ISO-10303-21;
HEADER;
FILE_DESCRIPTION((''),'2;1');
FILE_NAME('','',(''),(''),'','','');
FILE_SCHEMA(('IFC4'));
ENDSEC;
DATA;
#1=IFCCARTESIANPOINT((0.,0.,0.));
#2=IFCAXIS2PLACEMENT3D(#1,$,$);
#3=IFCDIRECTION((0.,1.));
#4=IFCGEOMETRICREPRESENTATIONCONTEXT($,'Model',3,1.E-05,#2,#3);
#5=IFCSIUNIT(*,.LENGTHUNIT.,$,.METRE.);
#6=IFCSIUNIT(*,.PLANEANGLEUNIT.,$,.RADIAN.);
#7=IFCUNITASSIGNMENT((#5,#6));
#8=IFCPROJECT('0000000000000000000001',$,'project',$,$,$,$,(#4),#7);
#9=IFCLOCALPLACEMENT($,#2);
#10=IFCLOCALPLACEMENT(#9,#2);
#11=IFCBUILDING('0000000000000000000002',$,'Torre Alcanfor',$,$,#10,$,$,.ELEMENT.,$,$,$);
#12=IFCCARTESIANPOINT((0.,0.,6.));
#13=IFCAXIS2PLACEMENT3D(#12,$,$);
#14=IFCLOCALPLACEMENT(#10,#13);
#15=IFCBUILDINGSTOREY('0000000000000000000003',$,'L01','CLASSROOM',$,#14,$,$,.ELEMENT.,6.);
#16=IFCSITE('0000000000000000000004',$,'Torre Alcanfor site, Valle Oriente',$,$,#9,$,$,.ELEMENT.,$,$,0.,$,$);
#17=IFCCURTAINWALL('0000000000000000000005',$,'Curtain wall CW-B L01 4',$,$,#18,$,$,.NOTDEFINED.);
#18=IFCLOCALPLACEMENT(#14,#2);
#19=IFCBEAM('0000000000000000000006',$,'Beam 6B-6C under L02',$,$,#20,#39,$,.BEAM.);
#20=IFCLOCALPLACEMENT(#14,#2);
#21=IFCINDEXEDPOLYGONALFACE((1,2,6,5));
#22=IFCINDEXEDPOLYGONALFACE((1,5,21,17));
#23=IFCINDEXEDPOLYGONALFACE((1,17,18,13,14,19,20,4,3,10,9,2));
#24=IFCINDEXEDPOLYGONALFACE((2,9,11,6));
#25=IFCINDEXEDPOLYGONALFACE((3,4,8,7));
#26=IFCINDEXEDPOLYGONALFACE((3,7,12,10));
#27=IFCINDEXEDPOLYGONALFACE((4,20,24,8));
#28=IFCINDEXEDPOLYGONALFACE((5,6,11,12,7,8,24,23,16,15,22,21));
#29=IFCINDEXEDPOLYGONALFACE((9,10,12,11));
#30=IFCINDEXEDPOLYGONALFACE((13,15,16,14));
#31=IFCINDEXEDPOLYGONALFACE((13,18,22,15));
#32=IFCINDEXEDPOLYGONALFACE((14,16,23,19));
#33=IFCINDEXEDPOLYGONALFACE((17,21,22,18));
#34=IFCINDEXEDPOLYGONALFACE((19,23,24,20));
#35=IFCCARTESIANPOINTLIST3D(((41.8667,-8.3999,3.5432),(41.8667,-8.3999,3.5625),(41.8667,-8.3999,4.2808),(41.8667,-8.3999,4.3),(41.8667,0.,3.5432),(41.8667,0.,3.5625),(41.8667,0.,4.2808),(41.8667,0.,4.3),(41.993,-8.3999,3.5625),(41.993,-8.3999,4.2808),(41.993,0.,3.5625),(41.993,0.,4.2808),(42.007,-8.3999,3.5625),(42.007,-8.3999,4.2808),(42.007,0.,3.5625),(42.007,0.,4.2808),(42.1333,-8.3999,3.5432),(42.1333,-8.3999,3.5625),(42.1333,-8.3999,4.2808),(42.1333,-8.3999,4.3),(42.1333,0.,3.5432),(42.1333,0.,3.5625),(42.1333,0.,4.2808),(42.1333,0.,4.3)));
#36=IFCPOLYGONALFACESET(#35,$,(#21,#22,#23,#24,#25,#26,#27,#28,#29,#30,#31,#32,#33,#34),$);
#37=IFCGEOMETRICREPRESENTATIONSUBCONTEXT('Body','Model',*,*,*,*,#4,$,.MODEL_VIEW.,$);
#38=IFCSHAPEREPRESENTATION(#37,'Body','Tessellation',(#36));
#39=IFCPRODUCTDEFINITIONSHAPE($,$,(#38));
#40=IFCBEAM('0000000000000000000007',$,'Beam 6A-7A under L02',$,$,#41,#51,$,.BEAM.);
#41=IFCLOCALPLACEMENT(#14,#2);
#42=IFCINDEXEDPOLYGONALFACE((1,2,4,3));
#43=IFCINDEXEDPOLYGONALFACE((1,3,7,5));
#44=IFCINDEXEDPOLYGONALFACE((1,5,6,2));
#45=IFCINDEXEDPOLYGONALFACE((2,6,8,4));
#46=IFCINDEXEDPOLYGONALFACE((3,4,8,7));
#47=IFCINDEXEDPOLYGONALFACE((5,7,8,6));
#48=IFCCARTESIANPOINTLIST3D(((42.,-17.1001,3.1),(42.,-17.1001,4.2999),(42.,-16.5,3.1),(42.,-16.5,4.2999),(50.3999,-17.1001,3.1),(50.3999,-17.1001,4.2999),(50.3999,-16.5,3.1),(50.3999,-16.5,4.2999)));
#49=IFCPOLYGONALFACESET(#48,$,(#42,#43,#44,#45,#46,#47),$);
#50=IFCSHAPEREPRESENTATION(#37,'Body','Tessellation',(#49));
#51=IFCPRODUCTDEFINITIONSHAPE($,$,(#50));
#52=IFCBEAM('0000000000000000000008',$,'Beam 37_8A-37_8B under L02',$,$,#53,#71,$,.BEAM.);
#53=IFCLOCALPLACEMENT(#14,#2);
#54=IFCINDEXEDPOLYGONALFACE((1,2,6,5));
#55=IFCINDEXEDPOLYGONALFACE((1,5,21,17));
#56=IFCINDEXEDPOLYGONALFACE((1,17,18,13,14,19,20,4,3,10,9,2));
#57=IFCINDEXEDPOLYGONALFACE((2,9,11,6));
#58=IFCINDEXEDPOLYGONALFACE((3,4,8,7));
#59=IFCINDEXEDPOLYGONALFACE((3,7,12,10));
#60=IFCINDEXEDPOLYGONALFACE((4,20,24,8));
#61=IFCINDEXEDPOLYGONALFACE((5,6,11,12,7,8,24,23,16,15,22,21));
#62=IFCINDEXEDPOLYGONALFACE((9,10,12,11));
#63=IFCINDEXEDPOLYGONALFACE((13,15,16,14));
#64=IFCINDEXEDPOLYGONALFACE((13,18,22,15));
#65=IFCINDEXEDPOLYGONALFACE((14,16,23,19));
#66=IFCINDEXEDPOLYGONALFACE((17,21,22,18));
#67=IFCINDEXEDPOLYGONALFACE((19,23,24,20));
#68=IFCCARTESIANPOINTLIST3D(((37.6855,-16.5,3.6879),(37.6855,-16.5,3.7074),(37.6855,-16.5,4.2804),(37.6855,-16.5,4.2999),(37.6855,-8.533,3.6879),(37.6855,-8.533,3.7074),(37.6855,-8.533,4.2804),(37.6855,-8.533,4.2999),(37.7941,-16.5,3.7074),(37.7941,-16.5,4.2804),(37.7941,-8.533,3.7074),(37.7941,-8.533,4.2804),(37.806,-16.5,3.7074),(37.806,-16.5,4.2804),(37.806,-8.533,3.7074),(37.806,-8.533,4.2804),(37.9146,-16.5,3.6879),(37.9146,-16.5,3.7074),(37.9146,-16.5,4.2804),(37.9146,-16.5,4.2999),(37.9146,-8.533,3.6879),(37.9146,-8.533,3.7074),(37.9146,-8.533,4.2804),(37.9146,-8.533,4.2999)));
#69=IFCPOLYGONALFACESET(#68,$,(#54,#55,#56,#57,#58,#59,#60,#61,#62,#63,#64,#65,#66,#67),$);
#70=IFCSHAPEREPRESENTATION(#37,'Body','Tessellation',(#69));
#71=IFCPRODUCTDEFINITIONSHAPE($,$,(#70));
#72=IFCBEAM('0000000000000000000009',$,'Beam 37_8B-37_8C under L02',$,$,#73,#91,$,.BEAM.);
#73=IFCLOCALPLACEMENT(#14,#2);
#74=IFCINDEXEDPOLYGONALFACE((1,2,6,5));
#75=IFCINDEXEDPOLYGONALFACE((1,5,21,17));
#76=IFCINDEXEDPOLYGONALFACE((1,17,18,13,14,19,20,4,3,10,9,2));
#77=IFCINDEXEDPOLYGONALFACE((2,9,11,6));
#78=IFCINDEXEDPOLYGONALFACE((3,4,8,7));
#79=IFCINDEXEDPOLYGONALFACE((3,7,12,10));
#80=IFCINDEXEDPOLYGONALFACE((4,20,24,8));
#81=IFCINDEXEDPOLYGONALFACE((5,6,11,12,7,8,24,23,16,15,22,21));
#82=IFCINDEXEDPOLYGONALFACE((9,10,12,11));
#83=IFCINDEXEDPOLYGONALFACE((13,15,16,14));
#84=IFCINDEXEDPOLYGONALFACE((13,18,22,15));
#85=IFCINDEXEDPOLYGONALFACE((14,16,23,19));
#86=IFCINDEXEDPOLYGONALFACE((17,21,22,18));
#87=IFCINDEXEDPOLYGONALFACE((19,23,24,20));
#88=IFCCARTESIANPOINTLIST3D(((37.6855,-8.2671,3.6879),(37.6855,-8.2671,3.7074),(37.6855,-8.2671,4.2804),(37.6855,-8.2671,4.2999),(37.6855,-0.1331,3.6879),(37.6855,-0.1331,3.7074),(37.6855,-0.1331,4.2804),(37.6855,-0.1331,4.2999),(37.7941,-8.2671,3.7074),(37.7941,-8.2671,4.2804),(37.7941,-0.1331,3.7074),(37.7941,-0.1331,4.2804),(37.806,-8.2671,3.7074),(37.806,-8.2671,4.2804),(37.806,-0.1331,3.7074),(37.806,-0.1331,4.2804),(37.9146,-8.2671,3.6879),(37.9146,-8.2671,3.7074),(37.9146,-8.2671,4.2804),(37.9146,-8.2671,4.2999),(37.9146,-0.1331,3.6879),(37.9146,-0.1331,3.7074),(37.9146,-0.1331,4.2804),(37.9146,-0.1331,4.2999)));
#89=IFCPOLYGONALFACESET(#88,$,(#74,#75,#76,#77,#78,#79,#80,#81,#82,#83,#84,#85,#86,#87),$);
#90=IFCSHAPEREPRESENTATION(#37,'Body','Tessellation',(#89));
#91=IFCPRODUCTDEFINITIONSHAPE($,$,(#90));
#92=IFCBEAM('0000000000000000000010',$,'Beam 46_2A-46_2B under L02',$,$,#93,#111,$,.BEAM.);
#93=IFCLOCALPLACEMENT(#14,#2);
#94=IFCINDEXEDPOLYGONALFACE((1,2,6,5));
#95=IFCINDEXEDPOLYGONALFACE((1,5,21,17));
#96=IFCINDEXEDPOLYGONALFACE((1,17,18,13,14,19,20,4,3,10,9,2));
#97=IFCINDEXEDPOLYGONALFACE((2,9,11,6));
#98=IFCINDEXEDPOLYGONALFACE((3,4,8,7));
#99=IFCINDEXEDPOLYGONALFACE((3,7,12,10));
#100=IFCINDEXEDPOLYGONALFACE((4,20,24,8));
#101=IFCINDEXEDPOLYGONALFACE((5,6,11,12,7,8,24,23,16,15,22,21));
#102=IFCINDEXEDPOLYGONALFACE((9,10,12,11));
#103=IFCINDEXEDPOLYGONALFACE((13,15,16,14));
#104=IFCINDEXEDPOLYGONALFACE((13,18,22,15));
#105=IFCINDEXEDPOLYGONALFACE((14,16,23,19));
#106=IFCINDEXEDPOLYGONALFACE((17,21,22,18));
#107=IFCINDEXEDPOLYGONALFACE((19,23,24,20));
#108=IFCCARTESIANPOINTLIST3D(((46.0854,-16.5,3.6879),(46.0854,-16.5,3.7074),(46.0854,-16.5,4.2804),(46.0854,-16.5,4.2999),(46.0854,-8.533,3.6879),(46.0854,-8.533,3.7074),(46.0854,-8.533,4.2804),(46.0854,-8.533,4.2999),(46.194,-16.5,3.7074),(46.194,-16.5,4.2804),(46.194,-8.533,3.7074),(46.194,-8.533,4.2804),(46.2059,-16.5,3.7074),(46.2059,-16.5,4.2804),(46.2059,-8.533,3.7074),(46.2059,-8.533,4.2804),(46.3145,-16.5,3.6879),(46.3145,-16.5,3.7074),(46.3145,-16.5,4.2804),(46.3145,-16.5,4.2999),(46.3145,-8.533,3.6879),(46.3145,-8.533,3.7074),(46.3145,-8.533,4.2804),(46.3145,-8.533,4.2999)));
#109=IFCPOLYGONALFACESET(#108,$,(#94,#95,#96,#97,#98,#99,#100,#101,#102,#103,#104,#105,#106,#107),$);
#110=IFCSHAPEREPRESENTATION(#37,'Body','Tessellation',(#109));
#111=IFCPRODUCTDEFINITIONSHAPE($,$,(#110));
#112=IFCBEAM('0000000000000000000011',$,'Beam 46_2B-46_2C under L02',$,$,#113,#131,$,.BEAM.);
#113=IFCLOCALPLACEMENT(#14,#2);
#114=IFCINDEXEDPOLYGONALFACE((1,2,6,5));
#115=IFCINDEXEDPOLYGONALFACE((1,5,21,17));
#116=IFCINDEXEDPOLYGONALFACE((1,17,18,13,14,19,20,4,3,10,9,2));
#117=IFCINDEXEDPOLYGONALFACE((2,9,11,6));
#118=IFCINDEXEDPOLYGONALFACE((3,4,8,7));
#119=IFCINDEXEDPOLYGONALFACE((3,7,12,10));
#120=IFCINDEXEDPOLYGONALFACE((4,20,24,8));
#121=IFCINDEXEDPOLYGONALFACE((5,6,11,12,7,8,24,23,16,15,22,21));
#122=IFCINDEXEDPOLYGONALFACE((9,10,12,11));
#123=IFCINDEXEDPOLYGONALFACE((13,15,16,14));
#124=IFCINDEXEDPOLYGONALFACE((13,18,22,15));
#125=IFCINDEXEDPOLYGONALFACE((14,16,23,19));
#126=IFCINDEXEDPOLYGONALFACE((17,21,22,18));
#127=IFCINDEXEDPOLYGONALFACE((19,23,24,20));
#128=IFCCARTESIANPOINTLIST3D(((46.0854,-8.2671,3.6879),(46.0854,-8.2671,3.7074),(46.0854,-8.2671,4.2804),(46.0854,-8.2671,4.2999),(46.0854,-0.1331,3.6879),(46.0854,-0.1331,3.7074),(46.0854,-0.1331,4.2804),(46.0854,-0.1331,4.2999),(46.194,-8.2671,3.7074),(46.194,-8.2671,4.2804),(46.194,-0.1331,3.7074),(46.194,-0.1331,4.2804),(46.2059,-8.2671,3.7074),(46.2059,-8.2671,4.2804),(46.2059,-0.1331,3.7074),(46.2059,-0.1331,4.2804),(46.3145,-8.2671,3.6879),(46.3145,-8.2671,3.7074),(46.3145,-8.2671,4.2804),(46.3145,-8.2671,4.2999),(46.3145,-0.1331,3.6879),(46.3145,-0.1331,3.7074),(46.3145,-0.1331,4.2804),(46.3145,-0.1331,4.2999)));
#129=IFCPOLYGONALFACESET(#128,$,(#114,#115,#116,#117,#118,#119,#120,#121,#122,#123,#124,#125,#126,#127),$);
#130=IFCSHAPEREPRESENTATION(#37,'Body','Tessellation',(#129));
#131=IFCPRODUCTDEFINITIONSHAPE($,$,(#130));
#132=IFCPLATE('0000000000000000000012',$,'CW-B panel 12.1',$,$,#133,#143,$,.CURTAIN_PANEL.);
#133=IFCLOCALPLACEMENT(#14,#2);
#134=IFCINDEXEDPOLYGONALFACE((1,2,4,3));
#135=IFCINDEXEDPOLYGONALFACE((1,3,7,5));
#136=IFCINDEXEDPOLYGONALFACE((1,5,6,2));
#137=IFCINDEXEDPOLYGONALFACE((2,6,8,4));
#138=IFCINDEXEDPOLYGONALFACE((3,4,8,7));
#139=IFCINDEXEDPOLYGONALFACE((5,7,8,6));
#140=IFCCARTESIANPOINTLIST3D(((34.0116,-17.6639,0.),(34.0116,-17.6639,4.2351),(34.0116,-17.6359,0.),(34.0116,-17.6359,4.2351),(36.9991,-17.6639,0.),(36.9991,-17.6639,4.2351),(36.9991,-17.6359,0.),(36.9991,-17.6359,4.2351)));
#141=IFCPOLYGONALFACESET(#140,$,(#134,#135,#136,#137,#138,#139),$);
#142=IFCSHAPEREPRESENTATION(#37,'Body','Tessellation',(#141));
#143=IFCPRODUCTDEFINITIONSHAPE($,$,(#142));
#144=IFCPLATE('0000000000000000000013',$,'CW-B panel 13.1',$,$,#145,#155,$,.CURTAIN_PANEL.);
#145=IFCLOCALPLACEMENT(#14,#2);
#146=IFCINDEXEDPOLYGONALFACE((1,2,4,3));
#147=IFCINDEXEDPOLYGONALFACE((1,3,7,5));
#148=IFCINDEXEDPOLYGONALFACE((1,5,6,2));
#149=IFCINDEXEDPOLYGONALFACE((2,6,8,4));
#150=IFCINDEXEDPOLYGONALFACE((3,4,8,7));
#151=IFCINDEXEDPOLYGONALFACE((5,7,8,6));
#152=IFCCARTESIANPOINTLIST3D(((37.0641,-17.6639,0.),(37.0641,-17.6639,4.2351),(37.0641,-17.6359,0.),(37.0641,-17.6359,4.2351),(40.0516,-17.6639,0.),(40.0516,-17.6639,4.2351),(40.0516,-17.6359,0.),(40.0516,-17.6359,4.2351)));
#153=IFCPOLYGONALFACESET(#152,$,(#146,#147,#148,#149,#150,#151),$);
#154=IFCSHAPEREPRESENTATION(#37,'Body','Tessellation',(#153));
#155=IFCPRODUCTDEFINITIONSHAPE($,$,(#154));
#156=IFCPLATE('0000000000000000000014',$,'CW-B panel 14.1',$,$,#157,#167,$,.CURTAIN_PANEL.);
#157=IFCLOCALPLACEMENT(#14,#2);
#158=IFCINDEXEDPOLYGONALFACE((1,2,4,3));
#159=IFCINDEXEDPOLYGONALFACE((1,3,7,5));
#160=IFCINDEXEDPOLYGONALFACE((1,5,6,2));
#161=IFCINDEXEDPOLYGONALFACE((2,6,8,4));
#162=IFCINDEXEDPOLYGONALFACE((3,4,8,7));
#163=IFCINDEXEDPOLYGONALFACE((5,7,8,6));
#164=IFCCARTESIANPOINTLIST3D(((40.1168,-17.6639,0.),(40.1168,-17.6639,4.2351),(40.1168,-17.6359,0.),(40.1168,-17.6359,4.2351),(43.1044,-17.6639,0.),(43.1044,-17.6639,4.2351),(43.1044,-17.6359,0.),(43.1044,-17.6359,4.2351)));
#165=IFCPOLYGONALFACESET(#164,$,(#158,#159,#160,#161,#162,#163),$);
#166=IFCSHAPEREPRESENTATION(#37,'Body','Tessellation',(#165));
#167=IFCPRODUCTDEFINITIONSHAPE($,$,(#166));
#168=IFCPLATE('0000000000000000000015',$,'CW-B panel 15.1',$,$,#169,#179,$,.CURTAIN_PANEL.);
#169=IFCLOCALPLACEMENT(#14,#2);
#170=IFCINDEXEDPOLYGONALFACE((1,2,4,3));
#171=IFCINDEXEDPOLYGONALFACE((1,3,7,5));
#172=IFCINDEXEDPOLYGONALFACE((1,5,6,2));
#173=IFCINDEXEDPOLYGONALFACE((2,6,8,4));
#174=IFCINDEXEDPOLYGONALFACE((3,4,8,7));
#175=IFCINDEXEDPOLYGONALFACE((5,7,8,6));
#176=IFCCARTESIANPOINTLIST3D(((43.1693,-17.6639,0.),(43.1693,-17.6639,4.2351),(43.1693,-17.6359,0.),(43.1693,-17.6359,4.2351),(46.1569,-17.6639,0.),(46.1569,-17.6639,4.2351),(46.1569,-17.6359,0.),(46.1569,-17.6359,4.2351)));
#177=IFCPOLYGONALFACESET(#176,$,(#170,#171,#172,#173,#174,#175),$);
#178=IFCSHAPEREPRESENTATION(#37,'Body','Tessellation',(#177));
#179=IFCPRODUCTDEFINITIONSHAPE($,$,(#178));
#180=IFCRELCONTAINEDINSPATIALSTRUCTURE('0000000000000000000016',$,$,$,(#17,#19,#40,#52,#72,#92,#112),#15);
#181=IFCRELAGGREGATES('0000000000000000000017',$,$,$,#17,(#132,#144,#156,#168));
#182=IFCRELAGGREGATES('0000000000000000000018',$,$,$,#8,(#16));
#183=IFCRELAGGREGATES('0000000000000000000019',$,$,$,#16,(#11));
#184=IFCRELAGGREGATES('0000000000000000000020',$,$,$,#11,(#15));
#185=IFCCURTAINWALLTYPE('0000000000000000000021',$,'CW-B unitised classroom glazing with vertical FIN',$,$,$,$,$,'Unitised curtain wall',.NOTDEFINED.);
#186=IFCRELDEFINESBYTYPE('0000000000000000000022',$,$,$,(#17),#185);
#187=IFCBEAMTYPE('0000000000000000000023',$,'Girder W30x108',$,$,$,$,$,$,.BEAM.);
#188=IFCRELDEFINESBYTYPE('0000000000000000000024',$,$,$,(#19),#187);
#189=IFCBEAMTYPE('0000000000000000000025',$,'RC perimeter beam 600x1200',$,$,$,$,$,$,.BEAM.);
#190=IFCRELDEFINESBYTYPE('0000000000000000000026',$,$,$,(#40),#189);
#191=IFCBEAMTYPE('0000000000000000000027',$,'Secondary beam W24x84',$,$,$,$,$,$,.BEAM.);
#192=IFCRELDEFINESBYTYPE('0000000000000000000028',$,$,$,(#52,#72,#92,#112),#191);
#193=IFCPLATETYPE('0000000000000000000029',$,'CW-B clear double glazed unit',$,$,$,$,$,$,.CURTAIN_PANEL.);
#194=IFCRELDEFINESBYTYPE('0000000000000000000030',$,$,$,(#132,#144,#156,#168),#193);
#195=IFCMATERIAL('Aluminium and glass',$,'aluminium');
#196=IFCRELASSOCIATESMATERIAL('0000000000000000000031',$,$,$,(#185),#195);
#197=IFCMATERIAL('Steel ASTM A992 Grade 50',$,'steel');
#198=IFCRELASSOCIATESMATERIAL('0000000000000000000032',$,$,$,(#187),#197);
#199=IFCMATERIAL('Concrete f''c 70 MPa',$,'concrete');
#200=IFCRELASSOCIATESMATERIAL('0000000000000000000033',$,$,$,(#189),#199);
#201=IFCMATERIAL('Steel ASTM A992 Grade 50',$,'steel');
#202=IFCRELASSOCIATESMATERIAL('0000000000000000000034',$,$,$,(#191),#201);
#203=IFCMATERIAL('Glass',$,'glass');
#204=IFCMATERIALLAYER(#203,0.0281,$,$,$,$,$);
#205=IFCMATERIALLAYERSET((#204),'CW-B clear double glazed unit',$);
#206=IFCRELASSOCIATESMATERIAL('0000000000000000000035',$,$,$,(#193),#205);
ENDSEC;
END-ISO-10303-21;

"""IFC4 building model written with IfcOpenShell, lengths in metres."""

from ifc_helpers import new_model, si_unit, direction, frame, origin, origin_2d, place, context, subcontext, project, spatial, rectangle, i_section, extrude, material, layer, layer_set, material_profile, profile_set, type_object, element, aggregate, save


model = new_model("IFC4")

# Units and contexts
model_context = context("Model", 3, precision=1e-05, world=origin(), true_north=direction((0.0, 1.0)))
body_context = subcontext(model_context, "Body", "Model", "MODEL_VIEW")
ifc_project = project(units=[si_unit("LENGTHUNIT", "METRE"), si_unit("PLANEANGLEUNIT", "RADIAN")], contexts=[model_context])

# Site, building, storey
site_placement = place(None, origin())
site = spatial("IfcSite", under=ifc_project, at=site_placement, Name="Torre Alcanfor site, Valle Oriente", CompositionType="ELEMENT", RefElevation=0.0)
building_placement = place(site_placement, origin())
building = spatial("IfcBuilding", under=site, at=building_placement, Name="Torre Alcanfor", CompositionType="ELEMENT")
storey_placement = place(building_placement, frame((0.0, 0.0, 6.0)))
storey = spatial("IfcBuildingStorey", under=building, at=storey_placement, Name="L01", Description="CLASSROOM", CompositionType="ELEMENT", Elevation=6.0)

# Curtain wall
ifc_material_1 = material(Name="Aluminium and glass", Category="aluminium")
curtain_wall_type = type_object("IfcCurtainWallType", Name="CW-B unitised classroom glazing with vertical FIN", ElementType="Unitised curtain wall", PredefinedType="NOTDEFINED", material=ifc_material_1)
curtain_wall_placement = place(storey_placement, origin())
curtain_wall = element("IfcCurtainWall", 1, at=curtain_wall_placement, inside=storey, type_object=curtain_wall_type, Name="Curtain wall CW-B L01 4", PredefinedType="NOTDEFINED")

# Beams
ifc_material_2 = material(Name="Steel ASTM A992 Grade 50", Category="steel")
ifc_material_profile_1 = material_profile(ifc_material_2, i_section(OverallWidth=0.2666, OverallDepth=0.7568, WebThickness=0.0139, FlangeThickness=0.0193, at=origin_2d()), Name="W30x108")
ifc_profile_set_1 = profile_set([ifc_material_profile_1], Name="Steel ASTM A992 Grade 50")
beam_type_1 = type_object("IfcBeamType", Name="Girder W30x108", PredefinedType="BEAM", material=ifc_profile_set_1)
beam_1_placement = place(storey_placement, frame((42.0, -8.3999, 3.9216), z_axis=(0.0, 1.0, 0.0), x_axis=(-1.0, 0.0, 0.0)))
element("IfcBeam", 2, at=beam_1_placement, inside=storey, type_object=beam_type_1, Name="Beam 6B-6C under L02", PredefinedType="BEAM", context=body_context, shape_type="SweptSolid", body=[
    extrude(i_section(OverallWidth=0.2666, OverallDepth=0.7568, WebThickness=0.0139, FlangeThickness=0.0193, at=origin_2d()), origin(), (0.0, 0.0, 1.0), 8.3999),
])
ifc_material_3 = material(Name="Concrete f'c 70 MPa", Category="concrete")
ifc_material_profile_2 = material_profile(ifc_material_3, rectangle(XDim=0.6001, YDim=1.2, at=origin_2d()), Name="600x1200")
ifc_profile_set_2 = profile_set([ifc_material_profile_2], Name="Concrete f'c 70 MPa")
beam_type_2 = type_object("IfcBeamType", Name="RC perimeter beam 600x1200", PredefinedType="BEAM", material=ifc_profile_set_2)
beam_2_placement = place(storey_placement, frame((42.0, -16.8, 3.7), z_axis=(1.0, 0.0, 0.0), x_axis=(0.0, 1.0, 0.0)))
element("IfcBeam", 3, at=beam_2_placement, inside=storey, type_object=beam_type_2, Name="Beam 6A-7A under L02", PredefinedType="BEAM", context=body_context, shape_type="SweptSolid", body=[
    extrude(rectangle(XDim=0.6001, YDim=1.2, at=origin_2d()), origin(), (0.0, 0.0, 1.0), 8.3999),
])
ifc_material_4 = material(Name="Steel ASTM A992 Grade 50", Category="steel")
ifc_material_profile_3 = material_profile(ifc_material_4, i_section(OverallWidth=0.229, OverallDepth=0.6121, WebThickness=0.012, FlangeThickness=0.0195, at=origin_2d()), Name="W24x84")
ifc_profile_set_3 = profile_set([ifc_material_profile_3], Name="Steel ASTM A992 Grade 50")
beam_type_3 = type_object("IfcBeamType", Name="Secondary beam W24x84", PredefinedType="BEAM", material=ifc_profile_set_3)
beam_3_placement = place(storey_placement, frame((37.8, -16.5, 3.9939), z_axis=(0.0, 1.0, 0.0), x_axis=(-1.0, 0.0, 0.0)))
element("IfcBeam", 4, at=beam_3_placement, inside=storey, type_object=beam_type_3, Name="Beam 37_8A-37_8B under L02", PredefinedType="BEAM", context=body_context, shape_type="SweptSolid", body=[
    extrude(i_section(OverallWidth=0.229, OverallDepth=0.6121, WebThickness=0.012, FlangeThickness=0.0195, at=origin_2d()), origin(), (0.0, 0.0, 1.0), 7.967),
])
beam_4_placement = place(storey_placement, frame((37.8, -8.2671, 3.9939), z_axis=(0.0, 1.0, 0.0), x_axis=(-1.0, 0.0, 0.0)))
element("IfcBeam", 5, at=beam_4_placement, inside=storey, type_object=beam_type_3, Name="Beam 37_8B-37_8C under L02", PredefinedType="BEAM", context=body_context, shape_type="SweptSolid", body=[
    extrude(i_section(OverallWidth=0.229, OverallDepth=0.6121, WebThickness=0.012, FlangeThickness=0.0195, at=origin_2d()), origin(), (0.0, 0.0, 1.0), 8.134),
])
beam_5_placement = place(storey_placement, frame((46.2, -16.5, 3.9939), z_axis=(0.0, 1.0, 0.0), x_axis=(-1.0, 0.0, 0.0)))
element("IfcBeam", 6, at=beam_5_placement, inside=storey, type_object=beam_type_3, Name="Beam 46_2A-46_2B under L02", PredefinedType="BEAM", context=body_context, shape_type="SweptSolid", body=[
    extrude(i_section(OverallWidth=0.229, OverallDepth=0.6121, WebThickness=0.012, FlangeThickness=0.0195, at=origin_2d()), origin(), (0.0, 0.0, 1.0), 7.967),
])
beam_6_placement = place(storey_placement, frame((46.2, -8.2671, 3.9939), z_axis=(0.0, 1.0, 0.0), x_axis=(-1.0, 0.0, 0.0)))
element("IfcBeam", 7, at=beam_6_placement, inside=storey, type_object=beam_type_3, Name="Beam 46_2B-46_2C under L02", PredefinedType="BEAM", context=body_context, shape_type="SweptSolid", body=[
    extrude(i_section(OverallWidth=0.229, OverallDepth=0.6121, WebThickness=0.012, FlangeThickness=0.0195, at=origin_2d()), origin(), (0.0, 0.0, 1.0), 8.134),
])

# Plates
ifc_material_5 = material(Name="Glass", Category="glass")
ifc_layer_1 = layer(ifc_material_5, 0.0281)
ifc_layer_set_1 = layer_set([ifc_layer_1], Name="CW-B clear double glazed unit")
plate_type = type_object("IfcPlateType", Name="CW-B clear double glazed unit", PredefinedType="CURTAIN_PANEL", material=ifc_layer_set_1)
plate_1_placement = place(storey_placement, frame((35.5054, -17.6499, 0.0), z_axis=(0.0, 0.0, 1.0), x_axis=(1.0, 0.0, 0.0)))
plate_1 = element("IfcPlate", 8, at=plate_1_placement, type_object=plate_type, Name="CW-B panel 12.1", PredefinedType="CURTAIN_PANEL", context=body_context, shape_type="SweptSolid", body=[
    extrude(rectangle(XDim=2.9875, YDim=0.0281, at=origin_2d()), origin(), (0.0, 0.0, 1.0), 4.2351),
])
plate_2_placement = place(storey_placement, frame((38.5579, -17.6499, 0.0), z_axis=(0.0, 0.0, 1.0), x_axis=(1.0, 0.0, 0.0)))
plate_2 = element("IfcPlate", 9, at=plate_2_placement, type_object=plate_type, Name="CW-B panel 13.1", PredefinedType="CURTAIN_PANEL", context=body_context, shape_type="SweptSolid", body=[
    extrude(rectangle(XDim=2.9875, YDim=0.0281, at=origin_2d()), origin(), (0.0, 0.0, 1.0), 4.2351),
])
plate_3_placement = place(storey_placement, frame((41.6106, -17.6499, 0.0), z_axis=(0.0, 0.0, 1.0), x_axis=(1.0, 0.0, 0.0)))
plate_3 = element("IfcPlate", 10, at=plate_3_placement, type_object=plate_type, Name="CW-B panel 14.1", PredefinedType="CURTAIN_PANEL", context=body_context, shape_type="SweptSolid", body=[
    extrude(rectangle(XDim=2.9875, YDim=0.0281, at=origin_2d()), origin(), (0.0, 0.0, 1.0), 4.2351),
])
plate_4_placement = place(storey_placement, frame((44.6631, -17.6499, 0.0), z_axis=(0.0, 0.0, 1.0), x_axis=(1.0, 0.0, 0.0)))
plate_4 = element("IfcPlate", 11, at=plate_4_placement, type_object=plate_type, Name="CW-B panel 15.1", PredefinedType="CURTAIN_PANEL", context=body_context, shape_type="SweptSolid", body=[
    extrude(rectangle(XDim=2.9875, YDim=0.0281, at=origin_2d()), origin(), (0.0, 0.0, 1.0), 4.2351),
])
aggregate(curtain_wall, [plate_1, plate_2, plate_3, plate_4])

save(model, "model.ifc")
